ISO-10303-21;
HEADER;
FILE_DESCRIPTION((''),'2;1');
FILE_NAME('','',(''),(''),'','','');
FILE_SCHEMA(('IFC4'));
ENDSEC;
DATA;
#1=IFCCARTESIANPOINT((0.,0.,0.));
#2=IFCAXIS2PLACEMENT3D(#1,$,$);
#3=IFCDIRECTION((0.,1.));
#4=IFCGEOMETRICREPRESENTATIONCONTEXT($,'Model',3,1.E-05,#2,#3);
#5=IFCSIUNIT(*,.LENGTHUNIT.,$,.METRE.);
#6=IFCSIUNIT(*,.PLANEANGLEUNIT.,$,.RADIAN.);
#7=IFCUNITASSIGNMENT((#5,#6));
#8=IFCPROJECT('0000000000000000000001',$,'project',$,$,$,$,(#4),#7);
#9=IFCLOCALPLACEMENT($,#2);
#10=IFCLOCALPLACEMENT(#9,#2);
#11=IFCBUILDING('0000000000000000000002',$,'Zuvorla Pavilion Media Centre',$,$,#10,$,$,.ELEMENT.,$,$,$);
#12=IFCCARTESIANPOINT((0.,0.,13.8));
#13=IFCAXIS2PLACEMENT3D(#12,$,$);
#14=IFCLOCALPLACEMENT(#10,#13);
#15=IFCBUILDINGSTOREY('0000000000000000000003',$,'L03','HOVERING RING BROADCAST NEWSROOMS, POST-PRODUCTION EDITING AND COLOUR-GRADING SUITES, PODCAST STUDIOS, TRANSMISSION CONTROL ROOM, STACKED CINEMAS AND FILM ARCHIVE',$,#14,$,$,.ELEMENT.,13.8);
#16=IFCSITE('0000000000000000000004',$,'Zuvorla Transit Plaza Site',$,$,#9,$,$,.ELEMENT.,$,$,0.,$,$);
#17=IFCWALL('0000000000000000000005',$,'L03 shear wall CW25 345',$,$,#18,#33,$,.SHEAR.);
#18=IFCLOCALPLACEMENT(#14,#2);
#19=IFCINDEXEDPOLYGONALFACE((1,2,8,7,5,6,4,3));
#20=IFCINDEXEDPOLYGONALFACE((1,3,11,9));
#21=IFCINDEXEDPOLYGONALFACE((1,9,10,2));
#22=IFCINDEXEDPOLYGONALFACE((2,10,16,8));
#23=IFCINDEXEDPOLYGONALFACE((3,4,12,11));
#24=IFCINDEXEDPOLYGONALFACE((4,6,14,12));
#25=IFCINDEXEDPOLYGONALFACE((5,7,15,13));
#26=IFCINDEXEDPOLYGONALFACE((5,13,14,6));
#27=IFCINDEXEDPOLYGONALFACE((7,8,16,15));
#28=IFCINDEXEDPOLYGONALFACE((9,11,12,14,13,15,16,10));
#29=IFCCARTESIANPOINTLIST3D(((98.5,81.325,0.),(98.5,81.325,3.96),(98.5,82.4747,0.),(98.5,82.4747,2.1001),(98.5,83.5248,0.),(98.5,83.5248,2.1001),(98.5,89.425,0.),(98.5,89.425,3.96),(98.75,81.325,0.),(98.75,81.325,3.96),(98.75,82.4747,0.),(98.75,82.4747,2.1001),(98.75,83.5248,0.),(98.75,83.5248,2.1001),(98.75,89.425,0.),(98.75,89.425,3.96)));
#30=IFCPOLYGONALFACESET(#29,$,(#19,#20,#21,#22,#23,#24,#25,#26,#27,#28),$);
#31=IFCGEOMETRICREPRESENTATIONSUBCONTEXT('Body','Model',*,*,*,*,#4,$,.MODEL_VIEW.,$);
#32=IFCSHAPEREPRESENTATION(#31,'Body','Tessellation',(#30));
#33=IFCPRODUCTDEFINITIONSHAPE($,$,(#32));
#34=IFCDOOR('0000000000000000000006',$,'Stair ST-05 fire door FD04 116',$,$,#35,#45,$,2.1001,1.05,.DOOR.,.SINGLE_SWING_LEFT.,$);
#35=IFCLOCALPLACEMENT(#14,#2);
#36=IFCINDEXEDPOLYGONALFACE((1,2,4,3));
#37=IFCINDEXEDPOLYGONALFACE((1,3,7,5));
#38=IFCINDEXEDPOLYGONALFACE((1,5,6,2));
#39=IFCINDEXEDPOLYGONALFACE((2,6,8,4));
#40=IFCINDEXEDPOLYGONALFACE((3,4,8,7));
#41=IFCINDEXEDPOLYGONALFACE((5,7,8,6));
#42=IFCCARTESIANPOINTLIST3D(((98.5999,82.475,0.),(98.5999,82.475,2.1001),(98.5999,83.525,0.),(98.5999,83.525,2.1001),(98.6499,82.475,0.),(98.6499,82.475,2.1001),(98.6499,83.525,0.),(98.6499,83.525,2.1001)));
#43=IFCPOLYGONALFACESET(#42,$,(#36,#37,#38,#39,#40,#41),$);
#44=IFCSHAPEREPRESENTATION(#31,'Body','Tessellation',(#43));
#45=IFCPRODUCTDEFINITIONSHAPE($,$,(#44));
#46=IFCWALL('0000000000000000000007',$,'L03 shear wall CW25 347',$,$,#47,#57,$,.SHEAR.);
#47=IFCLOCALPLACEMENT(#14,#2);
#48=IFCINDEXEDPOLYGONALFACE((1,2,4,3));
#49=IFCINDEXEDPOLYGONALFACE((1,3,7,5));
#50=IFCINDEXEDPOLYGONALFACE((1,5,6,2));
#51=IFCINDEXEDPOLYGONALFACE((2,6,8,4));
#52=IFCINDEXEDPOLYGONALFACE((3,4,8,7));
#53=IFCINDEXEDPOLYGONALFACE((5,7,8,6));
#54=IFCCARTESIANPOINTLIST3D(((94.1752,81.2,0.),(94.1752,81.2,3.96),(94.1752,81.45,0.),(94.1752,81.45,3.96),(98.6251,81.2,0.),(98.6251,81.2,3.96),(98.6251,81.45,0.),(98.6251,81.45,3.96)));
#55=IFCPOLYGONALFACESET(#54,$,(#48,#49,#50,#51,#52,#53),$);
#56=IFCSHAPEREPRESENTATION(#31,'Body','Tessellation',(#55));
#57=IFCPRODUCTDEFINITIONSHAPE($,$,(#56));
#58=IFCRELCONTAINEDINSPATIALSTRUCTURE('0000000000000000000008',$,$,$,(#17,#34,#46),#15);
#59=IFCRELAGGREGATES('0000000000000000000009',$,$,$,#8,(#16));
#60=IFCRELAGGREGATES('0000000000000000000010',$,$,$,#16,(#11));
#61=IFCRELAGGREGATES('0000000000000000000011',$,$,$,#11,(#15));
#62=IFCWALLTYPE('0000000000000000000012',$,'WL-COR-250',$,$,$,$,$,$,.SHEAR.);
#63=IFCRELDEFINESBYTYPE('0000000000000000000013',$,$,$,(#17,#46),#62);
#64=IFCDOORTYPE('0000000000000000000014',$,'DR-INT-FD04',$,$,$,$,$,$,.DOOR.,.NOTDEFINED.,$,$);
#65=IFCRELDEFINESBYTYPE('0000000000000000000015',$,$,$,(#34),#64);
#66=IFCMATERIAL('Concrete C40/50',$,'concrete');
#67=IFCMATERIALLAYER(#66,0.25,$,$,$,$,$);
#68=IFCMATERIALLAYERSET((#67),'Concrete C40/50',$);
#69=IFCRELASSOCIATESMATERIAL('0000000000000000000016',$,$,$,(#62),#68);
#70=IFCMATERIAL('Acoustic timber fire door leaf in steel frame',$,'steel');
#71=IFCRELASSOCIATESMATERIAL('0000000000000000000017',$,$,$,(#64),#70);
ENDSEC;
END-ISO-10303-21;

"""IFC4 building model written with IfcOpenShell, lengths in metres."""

from ifc_helpers import new_model, si_unit, direction, frame, frame_2d, origin, place, context, subcontext, project, spatial, rectangle, extrude, material, layer, layer_set, type_object, element, fill, save


model = new_model("IFC4")

# Units and contexts
model_context = context("Model", 3, precision=1e-05, world=origin(), true_north=direction((0.0, 1.0)))
body_context = subcontext(model_context, "Body", "Model", "MODEL_VIEW")
ifc_project = project(units=[si_unit("LENGTHUNIT", "METRE"), si_unit("PLANEANGLEUNIT", "RADIAN")], contexts=[model_context])

# Site, building, storey
site_placement = place(None, origin())
site = spatial("IfcSite", under=ifc_project, at=site_placement, Name="Zuvorla Transit Plaza Site", CompositionType="ELEMENT", RefElevation=0.0)
building_placement = place(site_placement, origin())
building = spatial("IfcBuilding", under=site, at=building_placement, Name="Zuvorla Pavilion Media Centre", CompositionType="ELEMENT")
storey_placement = place(building_placement, frame((0.0, 0.0, 13.8)))
storey = spatial("IfcBuildingStorey", under=building, at=storey_placement, Name="L03", Description="HOVERING RING BROADCAST NEWSROOMS, POST-PRODUCTION EDITING AND COLOUR-GRADING SUITES, PODCAST STUDIOS, TRANSMISSION CONTROL ROOM, STACKED CINEMAS AND FILM ARCHIVE", CompositionType="ELEMENT", Elevation=13.8)

# Shared definitions
ifc_material_1 = material(Name="Concrete C40/50", Category="concrete")
ifc_layer_1 = layer(ifc_material_1, 0.25)
ifc_layer_set_1 = layer_set([ifc_layer_1], Name="Concrete C40/50")
wall_type = type_object("IfcWallType", Name="WL-COR-250", PredefinedType="SHEAR", material=ifc_layer_set_1)

# Wall, opening, door
wall_1_placement = place(storey_placement, frame((98.625, 81.325, 0.0), z_axis=(0.0, 0.0, 1.0), x_axis=(0.0, 1.0, 0.0)))
wall_1 = element("IfcWall", 1, at=wall_1_placement, inside=storey, type_object=wall_type, Name="L03 shear wall CW25 345", PredefinedType="SHEAR", context=body_context, shape_type="SweptSolid", body=[
    extrude(rectangle(XDim=8.1001, YDim=0.25, at=frame_2d((4.05, 0.0))), origin(), (0.0, 0.0, 1.0), 3.96),
])
opening_placement = place(wall_1_placement, frame((1.1499, 0.0, 0.0)))
opening = element("IfcOpeningElement", 2, at=opening_placement, cuts=wall_1, PredefinedType="OPENING", context=body_context, shape_type="SweptSolid", body=[
    extrude(rectangle(XDim=1.05, YDim=2.1001, at=frame_2d((0.5249, 1.05))), frame((0.0, 0.135, 0.0), z_axis=(0.0, -1.0, 0.0), x_axis=(1.0, 0.0, 0.0)), (0.0, 0.0, 1.0), 0.27),
])
ifc_material_2 = material(Name="Acoustic timber fire door leaf in steel frame", Category="steel")
door_type = type_object("IfcDoorType", Name="DR-INT-FD04", OperationType="NOTDEFINED", PredefinedType="DOOR", material=ifc_material_2)
door_placement = place(opening_placement, frame((1.05, 0.0, 0.0), z_axis=(0.0, 0.0, 1.0), x_axis=(-1.0, 0.0, 0.0)))
door = element("IfcDoor", 3, at=door_placement, inside=storey, type_object=door_type, Name="Stair ST-05 fire door FD04 116", OperationType="SINGLE_SWING_LEFT", OverallHeight=2.1001, OverallWidth=1.05, PredefinedType="DOOR", context=body_context, shape_type="SweptSolid", body=[
    extrude(rectangle(XDim=1.05, YDim=2.1001, at=frame_2d((0.5249, 1.05))), frame((0.0, 0.0249, 0.0), z_axis=(0.0, -1.0, 0.0), x_axis=(1.0, 0.0, 0.0)), (0.0, 0.0, 1.0), 0.05),
])
fill(opening, door)

# Wall
wall_2_placement = place(storey_placement, frame((94.175, 81.325, 0.0), z_axis=(0.0, 0.0, 1.0), x_axis=(1.0, 0.0, 0.0)))
element("IfcWall", 4, at=wall_2_placement, inside=storey, type_object=wall_type, Name="L03 shear wall CW25 347", PredefinedType="SHEAR", context=body_context, shape_type="SweptSolid", body=[
    extrude(rectangle(XDim=4.45, YDim=0.25, at=frame_2d((2.2251, 0.0))), origin(), (0.0, 0.0, 1.0), 3.96),
])

save(model, "model.ifc")
